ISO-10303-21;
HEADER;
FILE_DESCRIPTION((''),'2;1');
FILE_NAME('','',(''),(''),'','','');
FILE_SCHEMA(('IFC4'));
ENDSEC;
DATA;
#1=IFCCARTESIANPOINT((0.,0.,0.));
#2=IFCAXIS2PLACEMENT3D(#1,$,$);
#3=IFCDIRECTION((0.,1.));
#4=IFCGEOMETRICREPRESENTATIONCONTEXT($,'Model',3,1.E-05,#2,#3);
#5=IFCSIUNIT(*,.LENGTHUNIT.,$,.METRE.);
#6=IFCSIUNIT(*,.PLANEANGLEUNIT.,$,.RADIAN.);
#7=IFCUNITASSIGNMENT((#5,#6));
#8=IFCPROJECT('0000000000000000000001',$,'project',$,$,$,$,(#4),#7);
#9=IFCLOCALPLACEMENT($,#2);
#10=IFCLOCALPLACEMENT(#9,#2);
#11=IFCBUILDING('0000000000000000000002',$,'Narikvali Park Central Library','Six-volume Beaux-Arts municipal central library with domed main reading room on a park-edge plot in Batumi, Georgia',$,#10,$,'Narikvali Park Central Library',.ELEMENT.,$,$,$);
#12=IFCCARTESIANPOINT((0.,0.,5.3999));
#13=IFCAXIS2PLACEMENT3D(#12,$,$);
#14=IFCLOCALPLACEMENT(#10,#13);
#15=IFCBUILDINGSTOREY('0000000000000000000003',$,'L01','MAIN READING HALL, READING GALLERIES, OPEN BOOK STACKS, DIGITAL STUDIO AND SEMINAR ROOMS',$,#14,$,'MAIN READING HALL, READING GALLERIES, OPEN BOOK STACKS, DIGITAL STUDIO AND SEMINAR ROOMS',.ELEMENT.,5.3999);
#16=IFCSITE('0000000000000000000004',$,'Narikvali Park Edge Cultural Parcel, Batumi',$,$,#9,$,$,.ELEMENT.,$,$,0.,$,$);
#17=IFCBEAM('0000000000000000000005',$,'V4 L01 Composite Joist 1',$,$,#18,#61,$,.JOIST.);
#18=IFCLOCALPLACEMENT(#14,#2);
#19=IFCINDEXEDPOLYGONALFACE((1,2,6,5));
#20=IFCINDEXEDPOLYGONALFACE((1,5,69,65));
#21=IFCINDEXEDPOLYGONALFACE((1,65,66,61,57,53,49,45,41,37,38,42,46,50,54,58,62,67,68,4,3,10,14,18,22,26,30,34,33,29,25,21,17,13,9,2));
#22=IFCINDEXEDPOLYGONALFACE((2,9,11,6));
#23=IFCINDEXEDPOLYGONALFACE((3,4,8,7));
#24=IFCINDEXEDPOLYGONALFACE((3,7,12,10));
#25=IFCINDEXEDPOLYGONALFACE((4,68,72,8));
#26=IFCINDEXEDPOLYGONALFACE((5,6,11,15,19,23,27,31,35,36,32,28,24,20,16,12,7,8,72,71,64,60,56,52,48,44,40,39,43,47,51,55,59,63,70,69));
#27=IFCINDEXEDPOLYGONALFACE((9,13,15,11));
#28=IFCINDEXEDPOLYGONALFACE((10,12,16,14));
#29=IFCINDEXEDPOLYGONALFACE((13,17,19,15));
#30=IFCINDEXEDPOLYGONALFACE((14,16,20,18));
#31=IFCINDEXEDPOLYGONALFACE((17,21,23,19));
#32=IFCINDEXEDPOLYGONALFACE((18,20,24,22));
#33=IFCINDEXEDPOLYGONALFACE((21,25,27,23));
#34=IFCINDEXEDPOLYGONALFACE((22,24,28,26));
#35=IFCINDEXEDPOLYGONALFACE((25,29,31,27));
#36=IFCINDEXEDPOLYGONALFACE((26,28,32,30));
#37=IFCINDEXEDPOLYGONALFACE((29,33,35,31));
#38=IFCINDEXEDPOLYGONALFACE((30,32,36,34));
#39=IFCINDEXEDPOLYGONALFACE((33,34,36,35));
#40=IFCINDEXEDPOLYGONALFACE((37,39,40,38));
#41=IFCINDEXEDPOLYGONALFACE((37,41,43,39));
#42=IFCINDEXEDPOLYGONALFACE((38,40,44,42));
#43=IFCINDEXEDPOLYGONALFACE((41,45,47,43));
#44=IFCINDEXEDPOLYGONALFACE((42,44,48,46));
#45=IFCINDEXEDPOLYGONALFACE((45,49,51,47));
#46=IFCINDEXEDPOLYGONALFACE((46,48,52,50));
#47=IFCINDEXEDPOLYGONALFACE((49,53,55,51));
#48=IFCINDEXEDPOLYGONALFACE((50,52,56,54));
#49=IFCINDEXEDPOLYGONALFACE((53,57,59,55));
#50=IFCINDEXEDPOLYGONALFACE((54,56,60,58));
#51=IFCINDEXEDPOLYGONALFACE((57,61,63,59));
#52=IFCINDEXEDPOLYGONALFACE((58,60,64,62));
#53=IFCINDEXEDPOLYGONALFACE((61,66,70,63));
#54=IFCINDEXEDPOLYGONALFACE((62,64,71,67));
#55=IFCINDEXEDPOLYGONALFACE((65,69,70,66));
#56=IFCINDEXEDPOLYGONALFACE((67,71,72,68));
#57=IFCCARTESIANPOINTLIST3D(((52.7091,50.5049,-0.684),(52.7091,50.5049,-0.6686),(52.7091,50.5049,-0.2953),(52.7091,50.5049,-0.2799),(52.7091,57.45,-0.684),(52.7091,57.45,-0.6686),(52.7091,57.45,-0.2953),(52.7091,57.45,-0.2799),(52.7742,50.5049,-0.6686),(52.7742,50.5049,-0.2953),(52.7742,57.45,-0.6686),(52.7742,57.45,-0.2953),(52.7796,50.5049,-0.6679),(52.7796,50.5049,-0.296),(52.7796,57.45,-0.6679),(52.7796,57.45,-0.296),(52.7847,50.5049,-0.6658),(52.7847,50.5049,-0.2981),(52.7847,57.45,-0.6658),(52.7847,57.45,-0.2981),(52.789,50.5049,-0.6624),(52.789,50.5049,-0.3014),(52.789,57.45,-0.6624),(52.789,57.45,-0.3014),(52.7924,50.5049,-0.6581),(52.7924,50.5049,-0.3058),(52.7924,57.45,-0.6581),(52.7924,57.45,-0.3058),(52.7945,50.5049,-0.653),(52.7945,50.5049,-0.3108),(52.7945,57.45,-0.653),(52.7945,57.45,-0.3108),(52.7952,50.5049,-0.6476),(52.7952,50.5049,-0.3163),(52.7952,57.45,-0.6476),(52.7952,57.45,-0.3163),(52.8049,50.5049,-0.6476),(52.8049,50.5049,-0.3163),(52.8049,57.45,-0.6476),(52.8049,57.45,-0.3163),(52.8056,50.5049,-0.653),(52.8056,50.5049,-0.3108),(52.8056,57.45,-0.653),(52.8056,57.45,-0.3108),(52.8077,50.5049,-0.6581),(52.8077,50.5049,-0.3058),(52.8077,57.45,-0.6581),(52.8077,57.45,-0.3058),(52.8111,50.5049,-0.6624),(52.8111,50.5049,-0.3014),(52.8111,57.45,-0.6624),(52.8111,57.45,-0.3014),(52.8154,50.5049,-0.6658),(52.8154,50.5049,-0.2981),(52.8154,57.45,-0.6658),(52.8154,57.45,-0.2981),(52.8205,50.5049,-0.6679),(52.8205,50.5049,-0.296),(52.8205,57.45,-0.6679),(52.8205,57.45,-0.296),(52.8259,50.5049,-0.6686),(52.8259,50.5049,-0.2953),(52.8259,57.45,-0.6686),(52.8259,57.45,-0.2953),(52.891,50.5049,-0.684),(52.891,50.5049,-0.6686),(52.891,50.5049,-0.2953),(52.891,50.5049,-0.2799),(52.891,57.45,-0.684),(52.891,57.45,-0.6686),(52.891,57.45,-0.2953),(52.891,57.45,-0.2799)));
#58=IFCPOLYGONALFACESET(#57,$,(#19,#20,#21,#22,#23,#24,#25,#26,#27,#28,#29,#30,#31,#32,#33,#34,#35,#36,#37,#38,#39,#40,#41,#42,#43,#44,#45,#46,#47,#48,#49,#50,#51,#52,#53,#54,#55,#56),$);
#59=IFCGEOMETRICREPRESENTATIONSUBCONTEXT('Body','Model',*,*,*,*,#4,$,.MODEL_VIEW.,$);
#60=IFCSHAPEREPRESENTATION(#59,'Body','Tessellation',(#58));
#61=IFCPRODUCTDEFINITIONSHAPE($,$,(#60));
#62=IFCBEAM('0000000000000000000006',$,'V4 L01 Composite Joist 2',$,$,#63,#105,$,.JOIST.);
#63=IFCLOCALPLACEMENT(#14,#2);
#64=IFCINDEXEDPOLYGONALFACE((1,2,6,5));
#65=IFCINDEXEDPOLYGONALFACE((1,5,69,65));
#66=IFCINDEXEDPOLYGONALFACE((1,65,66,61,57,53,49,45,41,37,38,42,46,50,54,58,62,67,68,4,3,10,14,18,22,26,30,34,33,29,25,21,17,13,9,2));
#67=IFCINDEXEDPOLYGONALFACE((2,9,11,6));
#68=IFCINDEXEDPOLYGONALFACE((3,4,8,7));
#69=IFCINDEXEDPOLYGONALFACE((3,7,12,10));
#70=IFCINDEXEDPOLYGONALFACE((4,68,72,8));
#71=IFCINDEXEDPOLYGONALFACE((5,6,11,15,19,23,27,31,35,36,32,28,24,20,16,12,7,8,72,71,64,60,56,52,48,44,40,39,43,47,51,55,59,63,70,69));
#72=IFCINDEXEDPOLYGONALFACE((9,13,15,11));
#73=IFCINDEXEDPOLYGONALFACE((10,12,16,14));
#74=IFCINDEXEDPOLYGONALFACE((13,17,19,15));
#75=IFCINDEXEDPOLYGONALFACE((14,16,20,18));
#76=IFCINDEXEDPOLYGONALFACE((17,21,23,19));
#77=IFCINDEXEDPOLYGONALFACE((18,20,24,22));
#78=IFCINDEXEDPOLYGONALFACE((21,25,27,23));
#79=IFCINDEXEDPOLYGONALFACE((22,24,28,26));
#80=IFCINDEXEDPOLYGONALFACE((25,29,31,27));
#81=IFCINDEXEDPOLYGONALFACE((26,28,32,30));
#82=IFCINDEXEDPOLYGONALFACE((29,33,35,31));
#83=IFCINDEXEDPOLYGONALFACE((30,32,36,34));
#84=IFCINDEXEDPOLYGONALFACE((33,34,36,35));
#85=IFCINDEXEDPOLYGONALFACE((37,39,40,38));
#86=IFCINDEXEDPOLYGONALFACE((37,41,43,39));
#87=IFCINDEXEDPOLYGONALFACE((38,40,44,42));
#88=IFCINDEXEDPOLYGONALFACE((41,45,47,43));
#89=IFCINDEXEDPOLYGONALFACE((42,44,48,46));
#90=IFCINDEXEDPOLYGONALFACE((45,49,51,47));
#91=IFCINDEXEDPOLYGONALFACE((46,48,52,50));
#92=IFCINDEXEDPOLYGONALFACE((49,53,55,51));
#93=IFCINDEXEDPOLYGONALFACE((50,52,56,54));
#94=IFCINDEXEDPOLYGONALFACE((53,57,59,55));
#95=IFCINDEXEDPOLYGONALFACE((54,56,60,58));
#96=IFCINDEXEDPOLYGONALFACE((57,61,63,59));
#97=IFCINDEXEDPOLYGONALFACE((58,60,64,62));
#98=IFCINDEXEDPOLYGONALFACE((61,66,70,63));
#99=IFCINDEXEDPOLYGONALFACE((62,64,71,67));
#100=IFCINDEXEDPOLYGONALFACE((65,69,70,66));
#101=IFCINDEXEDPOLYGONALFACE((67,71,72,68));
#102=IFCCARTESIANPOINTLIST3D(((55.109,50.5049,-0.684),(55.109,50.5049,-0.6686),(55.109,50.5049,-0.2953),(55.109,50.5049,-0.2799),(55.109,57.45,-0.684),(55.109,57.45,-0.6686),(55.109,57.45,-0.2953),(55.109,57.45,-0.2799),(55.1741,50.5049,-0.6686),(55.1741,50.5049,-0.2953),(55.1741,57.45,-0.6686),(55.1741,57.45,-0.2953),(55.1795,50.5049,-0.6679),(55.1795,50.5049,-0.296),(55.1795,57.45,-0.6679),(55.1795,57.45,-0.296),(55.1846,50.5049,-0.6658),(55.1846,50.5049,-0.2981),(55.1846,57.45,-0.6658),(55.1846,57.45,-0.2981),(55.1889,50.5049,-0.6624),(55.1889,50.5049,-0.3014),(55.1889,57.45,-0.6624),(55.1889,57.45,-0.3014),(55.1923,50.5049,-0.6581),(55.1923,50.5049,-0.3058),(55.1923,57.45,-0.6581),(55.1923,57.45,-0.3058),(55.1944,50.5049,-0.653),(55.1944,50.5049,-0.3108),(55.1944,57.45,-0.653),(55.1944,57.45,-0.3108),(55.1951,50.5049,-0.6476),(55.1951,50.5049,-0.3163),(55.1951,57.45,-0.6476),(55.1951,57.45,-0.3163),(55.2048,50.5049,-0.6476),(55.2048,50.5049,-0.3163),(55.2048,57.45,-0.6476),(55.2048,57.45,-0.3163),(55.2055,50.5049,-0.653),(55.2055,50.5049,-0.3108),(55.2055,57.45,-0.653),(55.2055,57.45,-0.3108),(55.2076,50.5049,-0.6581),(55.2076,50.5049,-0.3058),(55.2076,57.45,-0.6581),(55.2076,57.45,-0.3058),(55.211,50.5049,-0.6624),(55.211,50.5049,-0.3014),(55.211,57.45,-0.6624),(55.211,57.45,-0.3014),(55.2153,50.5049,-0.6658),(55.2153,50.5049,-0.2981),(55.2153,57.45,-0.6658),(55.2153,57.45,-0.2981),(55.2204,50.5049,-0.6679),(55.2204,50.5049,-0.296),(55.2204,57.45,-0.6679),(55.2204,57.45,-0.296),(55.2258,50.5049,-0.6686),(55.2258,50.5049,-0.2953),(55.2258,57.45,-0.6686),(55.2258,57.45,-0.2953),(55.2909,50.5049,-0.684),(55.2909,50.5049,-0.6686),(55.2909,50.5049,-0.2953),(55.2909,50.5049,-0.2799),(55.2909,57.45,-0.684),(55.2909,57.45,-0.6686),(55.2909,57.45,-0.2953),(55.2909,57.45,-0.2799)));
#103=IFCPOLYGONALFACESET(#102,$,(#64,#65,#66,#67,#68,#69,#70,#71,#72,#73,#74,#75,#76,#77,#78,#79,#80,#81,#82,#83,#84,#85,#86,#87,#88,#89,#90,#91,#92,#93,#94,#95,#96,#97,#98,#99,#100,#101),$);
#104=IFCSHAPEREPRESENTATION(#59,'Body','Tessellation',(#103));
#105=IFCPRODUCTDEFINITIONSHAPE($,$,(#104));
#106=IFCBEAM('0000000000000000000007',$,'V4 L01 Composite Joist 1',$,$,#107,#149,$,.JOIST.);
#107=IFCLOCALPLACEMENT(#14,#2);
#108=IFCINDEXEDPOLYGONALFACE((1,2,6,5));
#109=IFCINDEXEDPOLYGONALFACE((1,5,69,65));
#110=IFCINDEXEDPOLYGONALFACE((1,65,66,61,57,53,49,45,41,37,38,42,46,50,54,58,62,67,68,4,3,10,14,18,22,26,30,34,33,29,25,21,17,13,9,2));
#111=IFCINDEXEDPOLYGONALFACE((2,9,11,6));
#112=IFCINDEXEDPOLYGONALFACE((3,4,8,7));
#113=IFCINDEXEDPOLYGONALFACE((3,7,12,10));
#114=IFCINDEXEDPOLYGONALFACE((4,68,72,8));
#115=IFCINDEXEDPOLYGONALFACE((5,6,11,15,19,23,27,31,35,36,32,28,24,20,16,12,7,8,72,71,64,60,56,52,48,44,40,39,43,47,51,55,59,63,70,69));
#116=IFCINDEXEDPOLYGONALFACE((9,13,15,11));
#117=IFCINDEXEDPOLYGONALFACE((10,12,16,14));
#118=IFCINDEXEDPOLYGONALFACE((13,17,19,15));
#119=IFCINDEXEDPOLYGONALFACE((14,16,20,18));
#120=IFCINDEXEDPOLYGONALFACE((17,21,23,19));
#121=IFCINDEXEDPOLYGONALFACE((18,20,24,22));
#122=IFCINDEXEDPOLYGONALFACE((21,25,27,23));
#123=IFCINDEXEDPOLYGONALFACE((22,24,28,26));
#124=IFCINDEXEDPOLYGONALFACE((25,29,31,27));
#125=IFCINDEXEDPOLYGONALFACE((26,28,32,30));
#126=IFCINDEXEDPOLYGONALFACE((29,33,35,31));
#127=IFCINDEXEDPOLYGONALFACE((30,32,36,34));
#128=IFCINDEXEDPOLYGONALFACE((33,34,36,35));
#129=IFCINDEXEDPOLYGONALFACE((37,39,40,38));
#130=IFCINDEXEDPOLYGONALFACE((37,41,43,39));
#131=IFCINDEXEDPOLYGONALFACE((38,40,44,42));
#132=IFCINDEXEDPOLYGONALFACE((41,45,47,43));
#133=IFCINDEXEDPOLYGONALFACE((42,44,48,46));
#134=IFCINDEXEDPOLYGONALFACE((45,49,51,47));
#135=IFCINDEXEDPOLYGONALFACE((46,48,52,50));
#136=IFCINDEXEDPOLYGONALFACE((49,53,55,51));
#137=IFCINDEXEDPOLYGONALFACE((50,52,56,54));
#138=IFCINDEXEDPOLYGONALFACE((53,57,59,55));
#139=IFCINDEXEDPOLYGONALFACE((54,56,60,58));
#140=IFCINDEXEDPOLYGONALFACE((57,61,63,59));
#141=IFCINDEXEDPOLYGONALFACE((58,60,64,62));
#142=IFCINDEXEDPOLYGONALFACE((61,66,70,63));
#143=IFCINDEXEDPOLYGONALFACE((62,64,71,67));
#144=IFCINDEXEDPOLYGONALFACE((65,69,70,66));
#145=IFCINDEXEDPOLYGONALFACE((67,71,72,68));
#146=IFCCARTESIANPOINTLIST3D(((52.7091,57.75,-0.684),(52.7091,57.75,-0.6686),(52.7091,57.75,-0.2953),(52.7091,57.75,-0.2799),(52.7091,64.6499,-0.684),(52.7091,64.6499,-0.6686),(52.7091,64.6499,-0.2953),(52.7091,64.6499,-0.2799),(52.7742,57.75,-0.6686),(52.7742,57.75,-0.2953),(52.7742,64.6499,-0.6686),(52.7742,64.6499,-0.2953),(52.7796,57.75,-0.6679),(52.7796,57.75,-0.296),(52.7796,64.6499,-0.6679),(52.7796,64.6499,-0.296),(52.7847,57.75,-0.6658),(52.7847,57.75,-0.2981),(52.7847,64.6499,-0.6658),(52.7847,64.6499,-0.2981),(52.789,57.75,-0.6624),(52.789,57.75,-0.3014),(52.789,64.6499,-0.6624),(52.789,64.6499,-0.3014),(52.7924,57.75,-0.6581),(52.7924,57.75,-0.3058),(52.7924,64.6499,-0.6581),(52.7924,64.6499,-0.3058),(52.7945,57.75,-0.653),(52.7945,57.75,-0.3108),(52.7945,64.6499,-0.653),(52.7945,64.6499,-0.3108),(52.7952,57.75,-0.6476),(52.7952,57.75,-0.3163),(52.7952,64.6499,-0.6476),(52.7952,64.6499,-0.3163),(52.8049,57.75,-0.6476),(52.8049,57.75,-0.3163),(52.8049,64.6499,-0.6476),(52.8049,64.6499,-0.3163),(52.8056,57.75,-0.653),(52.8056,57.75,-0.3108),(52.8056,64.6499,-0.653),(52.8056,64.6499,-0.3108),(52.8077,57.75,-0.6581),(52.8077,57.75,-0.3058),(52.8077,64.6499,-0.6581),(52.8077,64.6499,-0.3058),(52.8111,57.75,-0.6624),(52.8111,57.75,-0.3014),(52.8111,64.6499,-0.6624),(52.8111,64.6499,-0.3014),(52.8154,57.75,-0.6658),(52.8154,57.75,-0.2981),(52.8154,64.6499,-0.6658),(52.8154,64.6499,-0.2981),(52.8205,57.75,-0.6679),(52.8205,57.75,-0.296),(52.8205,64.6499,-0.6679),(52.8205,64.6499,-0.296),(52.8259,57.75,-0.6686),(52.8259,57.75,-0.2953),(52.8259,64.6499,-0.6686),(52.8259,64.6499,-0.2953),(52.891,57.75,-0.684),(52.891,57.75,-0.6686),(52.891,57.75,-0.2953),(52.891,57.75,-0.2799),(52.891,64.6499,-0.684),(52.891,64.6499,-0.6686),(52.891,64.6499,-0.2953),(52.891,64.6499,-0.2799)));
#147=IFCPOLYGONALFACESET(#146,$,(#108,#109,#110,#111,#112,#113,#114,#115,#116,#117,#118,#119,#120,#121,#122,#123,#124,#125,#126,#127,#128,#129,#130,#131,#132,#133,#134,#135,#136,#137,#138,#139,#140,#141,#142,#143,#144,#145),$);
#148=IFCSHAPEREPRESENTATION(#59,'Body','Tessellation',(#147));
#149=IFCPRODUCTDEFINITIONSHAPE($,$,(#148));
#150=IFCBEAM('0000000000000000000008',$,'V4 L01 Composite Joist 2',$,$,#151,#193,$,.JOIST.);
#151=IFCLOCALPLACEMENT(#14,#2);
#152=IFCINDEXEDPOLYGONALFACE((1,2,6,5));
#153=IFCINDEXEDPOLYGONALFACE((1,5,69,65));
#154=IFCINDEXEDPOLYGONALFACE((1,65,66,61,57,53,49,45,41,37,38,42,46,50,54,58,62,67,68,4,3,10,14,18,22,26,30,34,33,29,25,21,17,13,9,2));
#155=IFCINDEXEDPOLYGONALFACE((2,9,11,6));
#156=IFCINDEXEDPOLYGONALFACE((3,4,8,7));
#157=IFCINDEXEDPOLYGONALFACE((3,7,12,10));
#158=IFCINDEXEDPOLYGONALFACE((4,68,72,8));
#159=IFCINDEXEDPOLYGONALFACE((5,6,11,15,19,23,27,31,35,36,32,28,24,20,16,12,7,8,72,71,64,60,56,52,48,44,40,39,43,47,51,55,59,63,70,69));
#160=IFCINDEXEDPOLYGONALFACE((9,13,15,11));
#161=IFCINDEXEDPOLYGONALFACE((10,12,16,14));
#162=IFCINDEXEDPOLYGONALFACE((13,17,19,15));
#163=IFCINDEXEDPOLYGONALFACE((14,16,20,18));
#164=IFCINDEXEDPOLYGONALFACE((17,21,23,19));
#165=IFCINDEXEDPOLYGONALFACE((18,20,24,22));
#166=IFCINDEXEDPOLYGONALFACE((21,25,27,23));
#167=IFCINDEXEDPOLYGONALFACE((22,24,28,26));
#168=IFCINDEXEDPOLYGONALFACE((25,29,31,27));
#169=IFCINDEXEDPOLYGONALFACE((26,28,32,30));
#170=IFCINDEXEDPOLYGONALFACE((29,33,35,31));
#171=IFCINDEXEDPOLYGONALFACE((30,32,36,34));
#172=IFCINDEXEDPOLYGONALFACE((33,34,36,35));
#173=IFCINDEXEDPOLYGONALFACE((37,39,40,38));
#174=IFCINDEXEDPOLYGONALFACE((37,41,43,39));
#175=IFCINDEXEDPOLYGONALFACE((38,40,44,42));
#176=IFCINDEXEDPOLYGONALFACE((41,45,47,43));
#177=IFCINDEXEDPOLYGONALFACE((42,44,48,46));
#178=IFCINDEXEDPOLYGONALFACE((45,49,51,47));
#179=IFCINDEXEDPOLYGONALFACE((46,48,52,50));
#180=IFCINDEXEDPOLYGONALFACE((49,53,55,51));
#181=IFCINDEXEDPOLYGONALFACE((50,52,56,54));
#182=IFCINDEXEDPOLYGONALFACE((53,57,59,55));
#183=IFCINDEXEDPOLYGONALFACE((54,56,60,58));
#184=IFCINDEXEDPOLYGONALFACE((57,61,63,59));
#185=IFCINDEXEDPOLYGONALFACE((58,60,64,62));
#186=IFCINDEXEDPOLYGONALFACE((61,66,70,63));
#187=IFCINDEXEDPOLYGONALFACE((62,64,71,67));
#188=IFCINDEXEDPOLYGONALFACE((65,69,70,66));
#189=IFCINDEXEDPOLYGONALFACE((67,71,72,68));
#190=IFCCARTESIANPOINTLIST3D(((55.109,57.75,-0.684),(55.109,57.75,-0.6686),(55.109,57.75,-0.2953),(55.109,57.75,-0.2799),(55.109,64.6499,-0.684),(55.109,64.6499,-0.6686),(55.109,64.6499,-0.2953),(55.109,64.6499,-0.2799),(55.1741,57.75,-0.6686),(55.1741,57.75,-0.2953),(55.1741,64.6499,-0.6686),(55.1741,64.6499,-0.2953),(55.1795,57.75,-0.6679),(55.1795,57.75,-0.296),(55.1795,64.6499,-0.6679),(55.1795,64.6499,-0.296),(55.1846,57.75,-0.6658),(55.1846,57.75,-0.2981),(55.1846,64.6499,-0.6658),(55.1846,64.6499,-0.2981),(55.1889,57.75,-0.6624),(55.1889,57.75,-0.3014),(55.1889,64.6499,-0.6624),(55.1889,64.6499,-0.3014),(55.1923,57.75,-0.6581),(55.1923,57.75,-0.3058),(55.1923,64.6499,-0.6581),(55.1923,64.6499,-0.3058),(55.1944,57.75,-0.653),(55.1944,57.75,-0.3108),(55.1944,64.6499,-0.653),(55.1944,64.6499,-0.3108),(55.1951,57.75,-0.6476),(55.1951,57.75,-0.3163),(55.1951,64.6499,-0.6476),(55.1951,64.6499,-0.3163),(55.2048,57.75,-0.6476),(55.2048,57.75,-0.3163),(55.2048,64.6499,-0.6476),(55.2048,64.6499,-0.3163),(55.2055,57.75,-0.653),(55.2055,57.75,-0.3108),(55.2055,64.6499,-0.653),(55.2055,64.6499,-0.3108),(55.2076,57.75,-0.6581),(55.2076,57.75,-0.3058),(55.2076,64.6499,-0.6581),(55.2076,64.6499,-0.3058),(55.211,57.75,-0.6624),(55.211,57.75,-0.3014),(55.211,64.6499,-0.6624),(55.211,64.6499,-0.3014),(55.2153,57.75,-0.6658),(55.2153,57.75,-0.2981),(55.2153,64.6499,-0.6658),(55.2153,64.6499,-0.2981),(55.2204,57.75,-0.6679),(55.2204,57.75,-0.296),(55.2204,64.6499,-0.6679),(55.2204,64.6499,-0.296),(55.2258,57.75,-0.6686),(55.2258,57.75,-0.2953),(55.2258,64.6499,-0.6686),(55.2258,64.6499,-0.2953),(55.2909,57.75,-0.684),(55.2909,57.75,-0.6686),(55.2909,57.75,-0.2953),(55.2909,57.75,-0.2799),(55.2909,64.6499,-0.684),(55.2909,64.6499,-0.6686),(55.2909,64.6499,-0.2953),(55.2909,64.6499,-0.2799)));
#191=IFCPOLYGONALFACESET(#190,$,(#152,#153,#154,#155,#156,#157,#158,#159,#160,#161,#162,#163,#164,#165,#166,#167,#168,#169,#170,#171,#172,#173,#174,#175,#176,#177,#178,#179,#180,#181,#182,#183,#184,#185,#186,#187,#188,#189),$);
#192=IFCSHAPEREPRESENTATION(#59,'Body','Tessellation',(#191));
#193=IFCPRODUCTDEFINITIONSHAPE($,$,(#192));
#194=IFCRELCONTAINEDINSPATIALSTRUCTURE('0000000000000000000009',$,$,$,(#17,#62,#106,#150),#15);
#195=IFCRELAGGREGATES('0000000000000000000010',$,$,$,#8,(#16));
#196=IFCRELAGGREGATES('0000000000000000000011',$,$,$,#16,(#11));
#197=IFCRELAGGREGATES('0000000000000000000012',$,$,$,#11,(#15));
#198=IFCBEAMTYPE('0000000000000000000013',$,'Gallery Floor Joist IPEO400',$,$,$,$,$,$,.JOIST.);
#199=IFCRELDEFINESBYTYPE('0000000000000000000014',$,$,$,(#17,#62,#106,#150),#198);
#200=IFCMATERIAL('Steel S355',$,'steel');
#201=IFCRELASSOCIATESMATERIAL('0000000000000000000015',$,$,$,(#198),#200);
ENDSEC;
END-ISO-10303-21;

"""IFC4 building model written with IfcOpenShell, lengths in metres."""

from ifc_helpers import new_model, si_unit, direction, frame, origin, origin_2d, place, context, subcontext, project, spatial, i_section, extrude, material, material_profile, profile_set, type_object, element, save


model = new_model("IFC4")

# Units and contexts
model_context = context("Model", 3, precision=1e-05, world=origin(), true_north=direction((0.0, 1.0)))
body_context = subcontext(model_context, "Body", "Model", "MODEL_VIEW")
ifc_project = project(units=[si_unit("LENGTHUNIT", "METRE"), si_unit("PLANEANGLEUNIT", "RADIAN")], contexts=[model_context])

# Site, building, storey
site_placement = place(None, origin())
site = spatial("IfcSite", under=ifc_project, at=site_placement, Name="Narikvali Park Edge Cultural Parcel, Batumi", CompositionType="ELEMENT", RefElevation=0.0)
building_placement = place(site_placement, origin())
building = spatial("IfcBuilding", under=site, at=building_placement, Name="Narikvali Park Central Library", Description="Six-volume Beaux-Arts municipal central library with domed main reading room on a park-edge plot in Batumi, Georgia", LongName="Narikvali Park Central Library", CompositionType="ELEMENT")
storey_placement = place(building_placement, frame((0.0, 0.0, 5.3999)))
storey = spatial("IfcBuildingStorey", under=building, at=storey_placement, Name="L01", Description="MAIN READING HALL, READING GALLERIES, OPEN BOOK STACKS, DIGITAL STUDIO AND SEMINAR ROOMS", LongName="MAIN READING HALL, READING GALLERIES, OPEN BOOK STACKS, DIGITAL STUDIO AND SEMINAR ROOMS", CompositionType="ELEMENT", Elevation=5.3999)

# Shared definitions
ifc_material_1 = material(Name="Steel S355", Category="steel")

# Beams
ifc_material_profile_1 = material_profile(ifc_material_1, i_section(OverallWidth=0.1819, OverallDepth=0.4041, WebThickness=0.0098, FlangeThickness=0.0154, FilletRadius=0.021, at=origin_2d()), Name="IPEO 400")
ifc_profile_set_1 = profile_set([ifc_material_profile_1], Name="Steel S355")
beam_type_1 = type_object("IfcBeamType", Name="Gallery Floor Joist IPEO400", PredefinedType="JOIST", material=ifc_profile_set_1)
for number, where, z_axis, x_axis, name in (
    (1, (52.8, 50.5049, -0.4819), (0.0, 1.0, 0.0), (-1.0, 0.0, 0.0), "V4 L01 Composite Joist 1"),
    (2, (55.2, 50.5049, -0.4819), (0.0, 1.0, 0.0), (-1.0, 0.0, 0.0), "V4 L01 Composite Joist 2"),
):
    element("IfcBeam", number, at=place(storey_placement, frame(where, z_axis=z_axis, x_axis=x_axis)), inside=storey, type_object=beam_type_1, Name=name, PredefinedType="JOIST", context=body_context, shape_type="SweptSolid", body=[
        extrude(i_section(OverallWidth=0.1819, OverallDepth=0.4041, WebThickness=0.0098, FlangeThickness=0.0154, FilletRadius=0.021, at=origin_2d()), origin(), (0.0, 0.0, 1.0), 6.9451),
    ])
for number, where, z_axis, x_axis, name in (
    (3, (52.8, 57.75, -0.4819), (0.0, 1.0, 0.0), (-1.0, 0.0, 0.0), "V4 L01 Composite Joist 1"),
    (4, (55.2, 57.75, -0.4819), (0.0, 1.0, 0.0), (-1.0, 0.0, 0.0), "V4 L01 Composite Joist 2"),
):
    element("IfcBeam", number, at=place(storey_placement, frame(where, z_axis=z_axis, x_axis=x_axis)), inside=storey, type_object=beam_type_1, Name=name, PredefinedType="JOIST", context=body_context, shape_type="SweptSolid", body=[
        extrude(i_section(OverallWidth=0.1819, OverallDepth=0.4041, WebThickness=0.0098, FlangeThickness=0.0154, FilletRadius=0.021, at=origin_2d()), origin(), (0.0, 0.0, 1.0), 6.8999),
    ])

save(model, "model.ifc")
